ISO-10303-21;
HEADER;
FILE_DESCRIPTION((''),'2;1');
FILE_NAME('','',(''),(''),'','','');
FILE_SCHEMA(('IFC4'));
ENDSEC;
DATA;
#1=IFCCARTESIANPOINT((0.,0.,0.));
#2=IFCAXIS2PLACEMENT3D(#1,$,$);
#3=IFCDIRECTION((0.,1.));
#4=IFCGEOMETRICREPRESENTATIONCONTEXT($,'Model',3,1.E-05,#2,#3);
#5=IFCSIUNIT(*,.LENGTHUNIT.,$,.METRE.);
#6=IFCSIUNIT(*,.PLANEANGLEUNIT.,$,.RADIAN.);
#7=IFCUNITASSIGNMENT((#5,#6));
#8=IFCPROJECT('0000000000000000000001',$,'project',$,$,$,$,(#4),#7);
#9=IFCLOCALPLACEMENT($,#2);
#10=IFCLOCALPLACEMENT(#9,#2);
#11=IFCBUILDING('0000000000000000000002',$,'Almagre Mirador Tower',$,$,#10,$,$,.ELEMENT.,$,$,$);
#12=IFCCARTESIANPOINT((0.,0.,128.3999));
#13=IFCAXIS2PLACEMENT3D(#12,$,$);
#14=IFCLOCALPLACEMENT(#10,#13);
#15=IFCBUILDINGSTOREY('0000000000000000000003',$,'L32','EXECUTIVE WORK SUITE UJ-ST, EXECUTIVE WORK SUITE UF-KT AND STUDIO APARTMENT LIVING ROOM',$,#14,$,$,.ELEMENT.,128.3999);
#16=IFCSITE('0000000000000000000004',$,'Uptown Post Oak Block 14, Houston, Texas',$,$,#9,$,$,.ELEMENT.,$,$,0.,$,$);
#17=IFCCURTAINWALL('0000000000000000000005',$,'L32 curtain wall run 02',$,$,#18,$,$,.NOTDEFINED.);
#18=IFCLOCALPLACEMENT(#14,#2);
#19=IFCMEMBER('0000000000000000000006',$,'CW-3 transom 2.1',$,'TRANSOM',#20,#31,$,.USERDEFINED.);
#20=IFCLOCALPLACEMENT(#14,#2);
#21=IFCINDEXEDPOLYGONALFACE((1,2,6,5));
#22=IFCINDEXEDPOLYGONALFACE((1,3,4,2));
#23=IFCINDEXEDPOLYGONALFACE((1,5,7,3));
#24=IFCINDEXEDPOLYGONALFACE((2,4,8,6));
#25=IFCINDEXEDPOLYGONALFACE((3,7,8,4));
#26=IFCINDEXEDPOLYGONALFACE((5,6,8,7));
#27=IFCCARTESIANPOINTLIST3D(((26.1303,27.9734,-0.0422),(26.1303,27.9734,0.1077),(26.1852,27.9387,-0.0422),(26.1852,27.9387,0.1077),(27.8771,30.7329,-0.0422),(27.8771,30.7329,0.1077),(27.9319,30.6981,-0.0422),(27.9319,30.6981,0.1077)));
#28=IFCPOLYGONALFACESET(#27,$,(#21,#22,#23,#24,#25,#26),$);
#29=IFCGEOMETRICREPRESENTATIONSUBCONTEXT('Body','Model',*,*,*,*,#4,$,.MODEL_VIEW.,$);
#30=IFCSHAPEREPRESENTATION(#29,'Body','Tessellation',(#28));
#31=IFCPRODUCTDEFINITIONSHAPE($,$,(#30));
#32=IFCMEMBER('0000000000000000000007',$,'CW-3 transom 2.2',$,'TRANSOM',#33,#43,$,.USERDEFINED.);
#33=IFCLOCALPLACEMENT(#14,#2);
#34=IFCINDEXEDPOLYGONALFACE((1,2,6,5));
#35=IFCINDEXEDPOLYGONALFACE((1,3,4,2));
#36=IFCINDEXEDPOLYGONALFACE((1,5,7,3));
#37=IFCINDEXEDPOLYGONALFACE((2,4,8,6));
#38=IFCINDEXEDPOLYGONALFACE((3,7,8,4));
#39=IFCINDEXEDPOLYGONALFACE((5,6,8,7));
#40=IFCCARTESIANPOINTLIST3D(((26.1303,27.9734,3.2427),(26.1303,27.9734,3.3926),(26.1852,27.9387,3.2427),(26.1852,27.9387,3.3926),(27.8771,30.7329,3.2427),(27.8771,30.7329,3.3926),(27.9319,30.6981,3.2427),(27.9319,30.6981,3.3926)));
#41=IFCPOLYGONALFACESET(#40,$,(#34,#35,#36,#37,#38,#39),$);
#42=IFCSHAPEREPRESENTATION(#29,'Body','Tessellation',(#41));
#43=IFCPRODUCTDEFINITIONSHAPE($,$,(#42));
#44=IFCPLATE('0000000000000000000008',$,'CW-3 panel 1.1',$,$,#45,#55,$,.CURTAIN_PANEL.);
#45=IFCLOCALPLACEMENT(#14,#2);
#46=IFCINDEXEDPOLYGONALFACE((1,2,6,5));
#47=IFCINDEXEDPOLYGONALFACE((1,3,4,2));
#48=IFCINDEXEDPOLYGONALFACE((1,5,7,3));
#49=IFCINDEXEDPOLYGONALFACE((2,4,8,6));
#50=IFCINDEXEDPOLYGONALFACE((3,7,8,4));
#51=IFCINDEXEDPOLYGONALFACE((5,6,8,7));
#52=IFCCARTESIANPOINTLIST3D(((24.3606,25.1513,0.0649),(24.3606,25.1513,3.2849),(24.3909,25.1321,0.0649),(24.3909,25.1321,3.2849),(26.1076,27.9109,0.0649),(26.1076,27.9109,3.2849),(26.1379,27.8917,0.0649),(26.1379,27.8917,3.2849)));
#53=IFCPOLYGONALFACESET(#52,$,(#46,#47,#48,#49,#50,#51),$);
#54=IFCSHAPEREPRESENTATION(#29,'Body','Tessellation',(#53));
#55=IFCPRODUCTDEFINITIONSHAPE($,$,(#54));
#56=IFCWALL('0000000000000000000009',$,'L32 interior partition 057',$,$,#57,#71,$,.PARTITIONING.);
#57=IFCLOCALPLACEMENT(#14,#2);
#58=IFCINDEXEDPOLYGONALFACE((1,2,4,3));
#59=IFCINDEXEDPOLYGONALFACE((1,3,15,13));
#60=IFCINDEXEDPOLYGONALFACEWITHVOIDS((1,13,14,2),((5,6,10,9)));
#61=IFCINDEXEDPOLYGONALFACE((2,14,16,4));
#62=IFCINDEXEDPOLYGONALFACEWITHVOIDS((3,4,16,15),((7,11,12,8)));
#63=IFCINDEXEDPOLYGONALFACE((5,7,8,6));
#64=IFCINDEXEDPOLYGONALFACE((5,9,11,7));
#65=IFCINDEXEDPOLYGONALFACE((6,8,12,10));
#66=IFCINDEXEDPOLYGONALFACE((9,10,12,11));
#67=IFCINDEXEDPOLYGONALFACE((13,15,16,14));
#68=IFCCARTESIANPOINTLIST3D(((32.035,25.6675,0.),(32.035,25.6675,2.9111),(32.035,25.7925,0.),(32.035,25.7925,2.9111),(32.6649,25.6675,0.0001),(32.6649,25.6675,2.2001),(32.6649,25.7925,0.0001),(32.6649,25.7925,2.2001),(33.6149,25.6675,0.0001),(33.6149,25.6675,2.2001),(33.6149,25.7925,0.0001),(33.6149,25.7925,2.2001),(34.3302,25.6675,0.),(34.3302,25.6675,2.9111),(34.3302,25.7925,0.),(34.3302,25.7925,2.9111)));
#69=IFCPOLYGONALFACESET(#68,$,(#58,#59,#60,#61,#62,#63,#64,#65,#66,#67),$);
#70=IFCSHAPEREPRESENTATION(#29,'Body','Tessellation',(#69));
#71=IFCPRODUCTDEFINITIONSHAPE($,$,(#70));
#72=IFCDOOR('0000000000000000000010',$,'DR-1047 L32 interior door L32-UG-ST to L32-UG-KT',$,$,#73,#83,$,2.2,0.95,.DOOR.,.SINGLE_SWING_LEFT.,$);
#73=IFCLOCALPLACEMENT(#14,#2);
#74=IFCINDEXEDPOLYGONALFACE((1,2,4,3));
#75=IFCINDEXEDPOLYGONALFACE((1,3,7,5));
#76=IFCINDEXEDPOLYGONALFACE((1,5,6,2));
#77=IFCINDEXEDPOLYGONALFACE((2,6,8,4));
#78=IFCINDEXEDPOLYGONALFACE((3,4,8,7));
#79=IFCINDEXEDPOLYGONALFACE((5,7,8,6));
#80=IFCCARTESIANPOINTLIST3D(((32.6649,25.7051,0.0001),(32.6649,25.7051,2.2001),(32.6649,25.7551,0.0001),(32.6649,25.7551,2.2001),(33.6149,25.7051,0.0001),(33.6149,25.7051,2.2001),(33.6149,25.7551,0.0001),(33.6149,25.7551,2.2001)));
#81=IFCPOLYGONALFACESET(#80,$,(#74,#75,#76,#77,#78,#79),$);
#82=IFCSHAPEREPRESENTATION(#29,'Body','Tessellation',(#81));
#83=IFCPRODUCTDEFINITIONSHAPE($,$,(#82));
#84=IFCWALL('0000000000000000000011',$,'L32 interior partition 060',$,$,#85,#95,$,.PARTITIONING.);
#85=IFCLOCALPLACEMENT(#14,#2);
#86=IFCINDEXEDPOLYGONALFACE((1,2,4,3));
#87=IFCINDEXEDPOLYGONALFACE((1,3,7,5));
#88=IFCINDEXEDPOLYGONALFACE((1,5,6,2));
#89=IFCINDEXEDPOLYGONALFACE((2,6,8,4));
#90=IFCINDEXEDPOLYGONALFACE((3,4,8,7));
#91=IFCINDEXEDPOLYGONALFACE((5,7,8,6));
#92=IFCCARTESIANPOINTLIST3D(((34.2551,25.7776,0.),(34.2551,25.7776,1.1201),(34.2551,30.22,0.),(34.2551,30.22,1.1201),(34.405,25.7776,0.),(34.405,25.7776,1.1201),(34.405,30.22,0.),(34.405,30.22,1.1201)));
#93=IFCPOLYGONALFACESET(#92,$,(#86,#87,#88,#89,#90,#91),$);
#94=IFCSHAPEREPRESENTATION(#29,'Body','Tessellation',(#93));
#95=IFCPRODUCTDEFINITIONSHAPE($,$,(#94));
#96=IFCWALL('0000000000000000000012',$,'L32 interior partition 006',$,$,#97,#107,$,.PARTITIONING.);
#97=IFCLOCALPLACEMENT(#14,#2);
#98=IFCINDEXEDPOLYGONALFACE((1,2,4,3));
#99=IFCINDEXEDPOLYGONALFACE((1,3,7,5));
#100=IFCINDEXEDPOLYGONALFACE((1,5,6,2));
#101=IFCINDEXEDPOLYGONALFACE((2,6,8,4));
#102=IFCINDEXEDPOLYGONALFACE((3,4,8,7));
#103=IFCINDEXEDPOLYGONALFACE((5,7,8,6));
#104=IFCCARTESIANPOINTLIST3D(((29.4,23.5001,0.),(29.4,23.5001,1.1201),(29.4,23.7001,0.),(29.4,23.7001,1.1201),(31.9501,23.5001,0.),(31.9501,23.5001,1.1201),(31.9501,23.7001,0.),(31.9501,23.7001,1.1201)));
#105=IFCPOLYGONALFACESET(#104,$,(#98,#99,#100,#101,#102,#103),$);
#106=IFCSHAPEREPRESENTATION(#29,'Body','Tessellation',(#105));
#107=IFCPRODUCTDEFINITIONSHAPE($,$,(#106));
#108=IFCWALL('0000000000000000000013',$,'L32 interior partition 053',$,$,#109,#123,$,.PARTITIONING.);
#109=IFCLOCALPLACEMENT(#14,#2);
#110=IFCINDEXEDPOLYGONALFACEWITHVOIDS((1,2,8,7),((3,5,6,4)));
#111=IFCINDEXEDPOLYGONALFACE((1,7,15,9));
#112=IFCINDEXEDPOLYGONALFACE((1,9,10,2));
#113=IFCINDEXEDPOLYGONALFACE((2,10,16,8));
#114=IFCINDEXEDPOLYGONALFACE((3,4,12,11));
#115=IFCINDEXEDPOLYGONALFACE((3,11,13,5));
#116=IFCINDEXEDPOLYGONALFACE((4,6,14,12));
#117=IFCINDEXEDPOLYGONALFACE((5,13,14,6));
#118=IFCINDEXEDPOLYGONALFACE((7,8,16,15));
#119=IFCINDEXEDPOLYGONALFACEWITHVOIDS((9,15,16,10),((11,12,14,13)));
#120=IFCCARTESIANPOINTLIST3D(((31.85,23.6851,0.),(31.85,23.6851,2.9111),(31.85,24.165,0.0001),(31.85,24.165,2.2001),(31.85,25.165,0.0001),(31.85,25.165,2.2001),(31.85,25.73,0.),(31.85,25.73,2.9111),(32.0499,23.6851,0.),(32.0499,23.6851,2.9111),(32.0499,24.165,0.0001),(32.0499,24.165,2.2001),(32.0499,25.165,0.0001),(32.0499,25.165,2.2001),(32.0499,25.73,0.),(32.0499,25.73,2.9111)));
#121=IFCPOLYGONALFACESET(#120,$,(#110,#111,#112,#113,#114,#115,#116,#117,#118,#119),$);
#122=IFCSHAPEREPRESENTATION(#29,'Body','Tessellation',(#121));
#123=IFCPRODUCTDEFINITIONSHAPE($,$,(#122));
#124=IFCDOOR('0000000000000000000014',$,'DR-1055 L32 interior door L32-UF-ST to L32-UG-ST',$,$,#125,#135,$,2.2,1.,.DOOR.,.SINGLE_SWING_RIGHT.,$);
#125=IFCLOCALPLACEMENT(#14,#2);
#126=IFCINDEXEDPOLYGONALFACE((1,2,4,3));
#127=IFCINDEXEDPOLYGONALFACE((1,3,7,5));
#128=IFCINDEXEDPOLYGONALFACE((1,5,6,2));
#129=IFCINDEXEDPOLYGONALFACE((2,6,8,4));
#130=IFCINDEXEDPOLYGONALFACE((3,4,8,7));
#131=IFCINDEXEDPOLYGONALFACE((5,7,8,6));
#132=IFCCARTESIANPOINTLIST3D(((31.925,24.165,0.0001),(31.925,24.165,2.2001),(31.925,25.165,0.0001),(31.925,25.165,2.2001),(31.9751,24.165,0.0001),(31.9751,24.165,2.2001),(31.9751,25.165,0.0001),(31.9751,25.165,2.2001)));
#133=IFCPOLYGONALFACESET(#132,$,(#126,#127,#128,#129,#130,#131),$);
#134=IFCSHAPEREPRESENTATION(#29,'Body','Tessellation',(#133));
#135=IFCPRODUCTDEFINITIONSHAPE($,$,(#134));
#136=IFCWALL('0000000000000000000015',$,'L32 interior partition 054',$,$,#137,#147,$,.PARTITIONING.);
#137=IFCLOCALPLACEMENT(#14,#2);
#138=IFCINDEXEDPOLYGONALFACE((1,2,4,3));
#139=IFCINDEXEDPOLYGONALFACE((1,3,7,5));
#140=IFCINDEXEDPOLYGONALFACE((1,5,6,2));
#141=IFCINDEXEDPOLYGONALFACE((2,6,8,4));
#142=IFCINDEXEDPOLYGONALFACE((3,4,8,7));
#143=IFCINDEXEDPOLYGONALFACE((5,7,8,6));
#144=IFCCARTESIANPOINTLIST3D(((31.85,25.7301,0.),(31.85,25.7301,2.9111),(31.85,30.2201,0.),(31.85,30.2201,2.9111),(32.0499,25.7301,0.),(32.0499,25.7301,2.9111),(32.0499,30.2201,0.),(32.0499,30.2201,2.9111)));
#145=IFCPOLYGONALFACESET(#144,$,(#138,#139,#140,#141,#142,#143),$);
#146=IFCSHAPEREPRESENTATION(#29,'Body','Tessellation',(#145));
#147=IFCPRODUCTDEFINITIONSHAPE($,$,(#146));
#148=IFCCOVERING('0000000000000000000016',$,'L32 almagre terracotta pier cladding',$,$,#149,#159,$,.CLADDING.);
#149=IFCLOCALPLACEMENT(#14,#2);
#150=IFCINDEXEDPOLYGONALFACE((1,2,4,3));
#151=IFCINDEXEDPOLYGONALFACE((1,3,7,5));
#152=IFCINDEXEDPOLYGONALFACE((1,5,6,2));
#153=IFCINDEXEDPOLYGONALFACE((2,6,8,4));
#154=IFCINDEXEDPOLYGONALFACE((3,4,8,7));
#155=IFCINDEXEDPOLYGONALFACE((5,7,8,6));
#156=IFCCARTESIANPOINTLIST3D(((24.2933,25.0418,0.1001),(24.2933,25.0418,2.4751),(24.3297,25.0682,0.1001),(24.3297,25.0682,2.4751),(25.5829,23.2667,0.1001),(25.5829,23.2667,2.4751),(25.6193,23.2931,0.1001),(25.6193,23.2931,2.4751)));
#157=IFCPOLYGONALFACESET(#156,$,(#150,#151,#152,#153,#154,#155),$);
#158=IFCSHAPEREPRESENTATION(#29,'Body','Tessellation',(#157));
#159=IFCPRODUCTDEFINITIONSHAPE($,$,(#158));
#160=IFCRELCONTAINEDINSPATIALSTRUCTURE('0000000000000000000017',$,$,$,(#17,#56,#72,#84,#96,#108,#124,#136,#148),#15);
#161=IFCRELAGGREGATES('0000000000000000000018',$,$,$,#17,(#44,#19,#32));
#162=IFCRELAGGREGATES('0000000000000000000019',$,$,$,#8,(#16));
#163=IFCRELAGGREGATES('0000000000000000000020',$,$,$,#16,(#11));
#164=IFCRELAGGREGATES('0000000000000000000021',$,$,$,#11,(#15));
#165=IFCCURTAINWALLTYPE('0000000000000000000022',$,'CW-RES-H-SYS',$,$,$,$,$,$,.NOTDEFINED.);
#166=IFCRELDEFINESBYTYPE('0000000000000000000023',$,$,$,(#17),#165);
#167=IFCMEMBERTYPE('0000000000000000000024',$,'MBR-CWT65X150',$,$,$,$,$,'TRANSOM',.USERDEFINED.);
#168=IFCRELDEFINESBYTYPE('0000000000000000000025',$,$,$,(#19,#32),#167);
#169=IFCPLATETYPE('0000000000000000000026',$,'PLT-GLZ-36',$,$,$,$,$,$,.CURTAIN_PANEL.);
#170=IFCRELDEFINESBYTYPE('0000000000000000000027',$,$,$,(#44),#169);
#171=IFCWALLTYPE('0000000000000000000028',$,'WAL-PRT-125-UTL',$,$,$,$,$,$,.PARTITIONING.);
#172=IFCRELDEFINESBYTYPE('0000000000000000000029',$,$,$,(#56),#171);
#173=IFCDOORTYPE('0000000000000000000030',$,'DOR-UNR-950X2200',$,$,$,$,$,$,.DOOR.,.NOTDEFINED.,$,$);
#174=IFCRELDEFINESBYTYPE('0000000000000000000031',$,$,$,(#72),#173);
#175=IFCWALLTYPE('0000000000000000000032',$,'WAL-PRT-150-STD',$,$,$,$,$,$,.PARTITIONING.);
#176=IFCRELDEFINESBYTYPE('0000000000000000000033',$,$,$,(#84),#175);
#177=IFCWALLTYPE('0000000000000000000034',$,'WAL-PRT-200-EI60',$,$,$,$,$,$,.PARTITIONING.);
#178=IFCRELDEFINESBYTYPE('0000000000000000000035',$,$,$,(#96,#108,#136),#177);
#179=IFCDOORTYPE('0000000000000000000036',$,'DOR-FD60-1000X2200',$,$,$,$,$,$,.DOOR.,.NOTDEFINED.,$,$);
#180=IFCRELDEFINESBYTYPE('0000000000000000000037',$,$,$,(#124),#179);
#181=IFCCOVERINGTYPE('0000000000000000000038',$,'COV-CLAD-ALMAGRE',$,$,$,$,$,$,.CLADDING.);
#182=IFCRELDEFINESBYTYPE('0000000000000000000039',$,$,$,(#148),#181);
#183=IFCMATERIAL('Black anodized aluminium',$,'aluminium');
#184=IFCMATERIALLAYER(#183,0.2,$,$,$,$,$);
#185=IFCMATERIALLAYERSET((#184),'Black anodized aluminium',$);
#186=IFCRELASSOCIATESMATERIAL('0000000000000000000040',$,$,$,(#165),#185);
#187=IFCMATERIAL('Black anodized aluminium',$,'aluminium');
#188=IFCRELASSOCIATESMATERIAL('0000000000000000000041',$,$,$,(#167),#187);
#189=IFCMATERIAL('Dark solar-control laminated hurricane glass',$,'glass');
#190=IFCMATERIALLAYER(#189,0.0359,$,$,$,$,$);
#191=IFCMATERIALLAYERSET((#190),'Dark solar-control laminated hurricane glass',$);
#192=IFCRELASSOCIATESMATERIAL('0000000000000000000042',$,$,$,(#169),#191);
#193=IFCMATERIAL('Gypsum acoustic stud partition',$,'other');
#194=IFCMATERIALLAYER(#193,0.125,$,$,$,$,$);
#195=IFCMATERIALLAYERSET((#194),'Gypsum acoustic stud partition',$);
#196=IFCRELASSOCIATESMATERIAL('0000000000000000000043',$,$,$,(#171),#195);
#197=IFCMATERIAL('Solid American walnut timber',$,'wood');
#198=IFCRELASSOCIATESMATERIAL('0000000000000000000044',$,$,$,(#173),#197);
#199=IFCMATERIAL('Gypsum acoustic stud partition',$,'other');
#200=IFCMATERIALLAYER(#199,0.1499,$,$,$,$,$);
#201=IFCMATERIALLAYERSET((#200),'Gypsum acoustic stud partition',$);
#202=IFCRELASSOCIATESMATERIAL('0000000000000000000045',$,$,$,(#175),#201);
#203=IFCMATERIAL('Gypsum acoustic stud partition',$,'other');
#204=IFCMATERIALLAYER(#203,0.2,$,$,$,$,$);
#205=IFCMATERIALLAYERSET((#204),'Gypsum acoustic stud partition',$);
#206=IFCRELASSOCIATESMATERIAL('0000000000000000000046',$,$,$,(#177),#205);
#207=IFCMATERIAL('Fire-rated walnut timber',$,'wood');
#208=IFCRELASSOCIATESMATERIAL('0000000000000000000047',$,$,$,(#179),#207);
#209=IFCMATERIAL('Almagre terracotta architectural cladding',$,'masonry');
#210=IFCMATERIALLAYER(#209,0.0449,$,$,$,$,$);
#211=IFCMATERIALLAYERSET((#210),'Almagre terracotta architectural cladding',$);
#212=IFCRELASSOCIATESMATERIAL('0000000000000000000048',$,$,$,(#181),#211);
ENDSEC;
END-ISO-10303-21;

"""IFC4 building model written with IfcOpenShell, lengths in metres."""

from ifc_helpers import new_model, si_unit, direction, frame, frame_2d, origin, origin_2d, place, context, subcontext, project, spatial, rectangle, extrude, material, layer, layer_set, material_profile, profile_set, type_object, element, fill, aggregate, save


model = new_model("IFC4")

# Units and contexts
model_context = context("Model", 3, precision=1e-05, world=origin(), true_north=direction((0.0, 1.0)))
body_context = subcontext(model_context, "Body", "Model", "MODEL_VIEW")
ifc_project = project(units=[si_unit("LENGTHUNIT", "METRE"), si_unit("PLANEANGLEUNIT", "RADIAN")], contexts=[model_context])

# Site, building, storey
site_placement = place(None, origin())
site = spatial("IfcSite", under=ifc_project, at=site_placement, Name="Uptown Post Oak Block 14, Houston, Texas", CompositionType="ELEMENT", RefElevation=0.0)
building_placement = place(site_placement, origin())
building = spatial("IfcBuilding", under=site, at=building_placement, Name="Almagre Mirador Tower", CompositionType="ELEMENT")
storey_placement = place(building_placement, frame((0.0, 0.0, 128.3999)))
storey = spatial("IfcBuildingStorey", under=building, at=storey_placement, Name="L32", Description="EXECUTIVE WORK SUITE UJ-ST, EXECUTIVE WORK SUITE UF-KT AND STUDIO APARTMENT LIVING ROOM", CompositionType="ELEMENT", Elevation=128.3999)

# Curtain wall, members, plate
ifc_material_1 = material(Name="Black anodized aluminium", Category="aluminium")
ifc_layer_1 = layer(ifc_material_1, 0.2)
ifc_layer_set_1 = layer_set([ifc_layer_1], Name="Black anodized aluminium")
curtain_wall_type = type_object("IfcCurtainWallType", Name="CW-RES-H-SYS", PredefinedType="NOTDEFINED", material=ifc_layer_set_1)
curtain_wall_placement = place(storey_placement, origin())
curtain_wall = element("IfcCurtainWall", 1, at=curtain_wall_placement, inside=storey, type_object=curtain_wall_type, Name="L32 curtain wall run 02", PredefinedType="NOTDEFINED")
ifc_material_2 = material(Name="Black anodized aluminium", Category="aluminium")
ifc_material_profile_1 = material_profile(ifc_material_2, rectangle(XDim=0.0649, YDim=0.1499, at=origin_2d()), Name="CWT65X150")
ifc_profile_set_1 = profile_set([ifc_material_profile_1], Name="Black anodized aluminium")
member_type_1 = type_object("IfcMemberType", Name="MBR-CWT65X150", ElementType="TRANSOM", PredefinedType="USERDEFINED", material=ifc_profile_set_1)
member_1_placement = place(storey_placement, frame((26.1577, 27.9561, 0.0327), z_axis=(0.534862, 0.84494, 0.0), x_axis=(-0.84494, 0.534862, 0.0)))
member_1 = element("IfcMember", 2, at=member_1_placement, type_object=member_type_1, Name="CW-3 transom 2.1", ObjectType="TRANSOM", PredefinedType="USERDEFINED", context=body_context, shape_type="SweptSolid", body=[
    extrude(rectangle(XDim=0.0649, YDim=0.1499, at=origin_2d()), origin(), (0.0, 0.0, 1.0), 3.2659),
])
member_2_placement = place(storey_placement, frame((26.1577, 27.9561, 3.3176), z_axis=(0.534862, 0.84494, 0.0), x_axis=(-0.84494, 0.534862, 0.0)))
member_2 = element("IfcMember", 3, at=member_2_placement, type_object=member_type_1, Name="CW-3 transom 2.2", ObjectType="TRANSOM", PredefinedType="USERDEFINED", context=body_context, shape_type="SweptSolid", body=[
    extrude(rectangle(XDim=0.0649, YDim=0.1499, at=origin_2d()), origin(), (0.0, 0.0, 1.0), 3.2659),
])
ifc_material_3 = material(Name="Dark solar-control laminated hurricane glass", Category="glass")
ifc_layer_2 = layer(ifc_material_3, 0.0359)
ifc_layer_set_2 = layer_set([ifc_layer_2], Name="Dark solar-control laminated hurricane glass")
plate_type = type_object("IfcPlateType", Name="PLT-GLZ-36", PredefinedType="CURTAIN_PANEL", material=ifc_layer_set_2)
plate_placement = place(storey_placement, frame((25.2493, 26.5215, 0.0649), z_axis=(0.0, 0.0, 1.0), x_axis=(0.534893, 0.84492, 0.0)))
plate = element("IfcPlate", 4, at=plate_placement, type_object=plate_type, Name="CW-3 panel 1.1", PredefinedType="CURTAIN_PANEL", context=body_context, shape_type="SweptSolid", body=[
    extrude(rectangle(XDim=3.2661, YDim=0.0359, at=origin_2d()), origin(), (0.0, 0.0, 1.0), 3.22),
])
aggregate(curtain_wall, [plate, member_1, member_2])

# Wall, opening, door
ifc_material_4 = material(Name="Gypsum acoustic stud partition", Category="other")
ifc_layer_3 = layer(ifc_material_4, 0.125)
ifc_layer_set_3 = layer_set([ifc_layer_3], Name="Gypsum acoustic stud partition")
wall_type_1 = type_object("IfcWallType", Name="WAL-PRT-125-UTL", PredefinedType="PARTITIONING", material=ifc_layer_set_3)
wall_1_placement = place(storey_placement, frame((34.3301, 25.73, 0.0), z_axis=(0.0, 0.0, 1.0), x_axis=(-1.0, 0.0, 0.0)))
wall_1 = element("IfcWall", 5, at=wall_1_placement, inside=storey, type_object=wall_type_1, Name="L32 interior partition 057", PredefinedType="PARTITIONING", context=body_context, shape_type="SweptSolid", body=[
    extrude(rectangle(XDim=2.2952, YDim=0.125, at=frame_2d((1.1475, 0.0))), origin(), (0.0, 0.0, 1.0), 2.9111),
])
opening_1_placement = place(wall_1_placement, frame((0.7151, 0.0, 0.0)))
opening_1 = element("IfcOpeningElement", 6, at=opening_1_placement, cuts=wall_1, PredefinedType="OPENING", context=body_context, shape_type="SweptSolid", body=[
    extrude(rectangle(XDim=0.95, YDim=2.2, at=frame_2d((0.4751, 1.1001))), frame((0.0, 0.0725, 0.0), z_axis=(0.0, -1.0, 0.0), x_axis=(1.0, 0.0, 0.0)), (0.0, 0.0, 1.0), 0.145),
])
ifc_material_5 = material(Name="Solid American walnut timber", Category="wood")
door_type_1 = type_object("IfcDoorType", Name="DOR-UNR-950X2200", OperationType="NOTDEFINED", PredefinedType="DOOR", material=ifc_material_5)
door_1_placement = place(opening_1_placement, origin())
door_1 = element("IfcDoor", 7, at=door_1_placement, inside=storey, type_object=door_type_1, Name="DR-1047 L32 interior door L32-UG-ST to L32-UG-KT", OperationType="SINGLE_SWING_LEFT", OverallHeight=2.2, OverallWidth=0.95, PredefinedType="DOOR", context=body_context, shape_type="SweptSolid", body=[
    extrude(rectangle(XDim=0.95, YDim=2.2, at=frame_2d((0.4751, 1.1001))), frame((0.0, 0.0249, 0.0), z_axis=(0.0, -1.0, 0.0), x_axis=(1.0, 0.0, 0.0)), (0.0, 0.0, 1.0), 0.05),
])
fill(opening_1, door_1)

# Walls
ifc_material_6 = material(Name="Gypsum acoustic stud partition", Category="other")
ifc_layer_4 = layer(ifc_material_6, 0.1499)
ifc_layer_set_4 = layer_set([ifc_layer_4], Name="Gypsum acoustic stud partition")
wall_type_2 = type_object("IfcWallType", Name="WAL-PRT-150-STD", PredefinedType="PARTITIONING", material=ifc_layer_set_4)
wall_2_placement = place(storey_placement, frame((34.3301, 25.7776, 0.0), z_axis=(0.0, 0.0, 1.0), x_axis=(0.0, 1.0, 0.0)))
element("IfcWall", 8, at=wall_2_placement, inside=storey, type_object=wall_type_2, Name="L32 interior partition 060", PredefinedType="PARTITIONING", context=body_context, shape_type="SweptSolid", body=[
    extrude(rectangle(XDim=4.4424, YDim=0.1499, at=frame_2d((2.2212, 0.0))), origin(), (0.0, 0.0, 1.0), 1.1201),
])
ifc_material_7 = material(Name="Gypsum acoustic stud partition", Category="other")
ifc_layer_5 = layer(ifc_material_7, 0.2)
ifc_layer_set_5 = layer_set([ifc_layer_5], Name="Gypsum acoustic stud partition")
wall_type_3 = type_object("IfcWallType", Name="WAL-PRT-200-EI60", PredefinedType="PARTITIONING", material=ifc_layer_set_5)
wall_3_placement = place(storey_placement, frame((31.95, 23.6001, 0.0), z_axis=(0.0, 0.0, 1.0), x_axis=(-1.0, 0.0, 0.0)))
element("IfcWall", 9, at=wall_3_placement, inside=storey, type_object=wall_type_3, Name="L32 interior partition 006", PredefinedType="PARTITIONING", context=body_context, shape_type="SweptSolid", body=[
    extrude(rectangle(XDim=2.55, YDim=0.2, at=frame_2d((1.2749, 0.0))), origin(), (0.0, 0.0, 1.0), 1.1201),
])

# Wall, opening, door
wall_4_placement = place(storey_placement, frame((31.95, 23.6851, 0.0), z_axis=(0.0, 0.0, 1.0), x_axis=(0.0, 1.0, 0.0)))
wall_4 = element("IfcWall", 10, at=wall_4_placement, inside=storey, type_object=wall_type_3, Name="L32 interior partition 053", PredefinedType="PARTITIONING", context=body_context, shape_type="SweptSolid", body=[
    extrude(rectangle(XDim=2.0449, YDim=0.2, at=frame_2d((1.0225, 0.0))), origin(), (0.0, 0.0, 1.0), 2.9111),
])
opening_2_placement = place(wall_4_placement, frame((0.48, 0.0, 0.0)))
opening_2 = element("IfcOpeningElement", 11, at=opening_2_placement, cuts=wall_4, PredefinedType="OPENING", context=body_context, shape_type="SweptSolid", body=[
    extrude(rectangle(XDim=1.0, YDim=2.2, at=frame_2d((0.5, 1.1001))), frame((0.0, 0.1101, 0.0), z_axis=(0.0, -1.0, 0.0), x_axis=(1.0, 0.0, 0.0)), (0.0, 0.0, 1.0), 0.22),
])
ifc_material_8 = material(Name="Fire-rated walnut timber", Category="wood")
door_type_2 = type_object("IfcDoorType", Name="DOR-FD60-1000X2200", OperationType="NOTDEFINED", PredefinedType="DOOR", material=ifc_material_8)
door_2_placement = place(opening_2_placement, origin())
door_2 = element("IfcDoor", 12, at=door_2_placement, inside=storey, type_object=door_type_2, Name="DR-1055 L32 interior door L32-UF-ST to L32-UG-ST", OperationType="SINGLE_SWING_RIGHT", OverallHeight=2.2, OverallWidth=1.0, PredefinedType="DOOR", context=body_context, shape_type="SweptSolid", body=[
    extrude(rectangle(XDim=1.0, YDim=2.2, at=frame_2d((0.5, 1.1001))), frame((0.0, 0.0249, 0.0), z_axis=(0.0, -1.0, 0.0), x_axis=(1.0, 0.0, 0.0)), (0.0, 0.0, 1.0), 0.05),
])
fill(opening_2, door_2)

# Wall
wall_5_placement = place(storey_placement, frame((31.95, 25.73, 0.0), z_axis=(0.0, 0.0, 1.0), x_axis=(0.0, 1.0, 0.0)))
element("IfcWall", 13, at=wall_5_placement, inside=storey, type_object=wall_type_3, Name="L32 interior partition 054", PredefinedType="PARTITIONING", context=body_context, shape_type="SweptSolid", body=[
    extrude(rectangle(XDim=4.49, YDim=0.2, at=frame_2d((2.2451, 0.0))), origin(), (0.0, 0.0, 1.0), 2.9111),
])

# Covering
ifc_material_9 = material(Name="Almagre terracotta architectural cladding", Category="masonry")
ifc_layer_6 = layer(ifc_material_9, 0.0449)
ifc_layer_set_6 = layer_set([ifc_layer_6], Name="Almagre terracotta architectural cladding")
covering_type = type_object("IfcCoveringType", Name="COV-CLAD-ALMAGRE", PredefinedType="CLADDING", material=ifc_layer_set_6)
covering_placement = place(storey_placement, frame((24.9563, 24.1675, 0.1001), z_axis=(0.0, 0.0, 1.0), x_axis=(-0.587757, 0.809038, 0.0)))
element("IfcCovering", 14, at=covering_placement, inside=storey, type_object=covering_type, Name="L32 almagre terracotta pier cladding", PredefinedType="CLADDING", context=body_context, shape_type="SweptSolid", body=[
    extrude(rectangle(XDim=2.1941, YDim=0.0449, at=origin_2d()), origin(), (0.0, 0.0, 1.0), 2.375),
])

save(model, "model.ifc")
